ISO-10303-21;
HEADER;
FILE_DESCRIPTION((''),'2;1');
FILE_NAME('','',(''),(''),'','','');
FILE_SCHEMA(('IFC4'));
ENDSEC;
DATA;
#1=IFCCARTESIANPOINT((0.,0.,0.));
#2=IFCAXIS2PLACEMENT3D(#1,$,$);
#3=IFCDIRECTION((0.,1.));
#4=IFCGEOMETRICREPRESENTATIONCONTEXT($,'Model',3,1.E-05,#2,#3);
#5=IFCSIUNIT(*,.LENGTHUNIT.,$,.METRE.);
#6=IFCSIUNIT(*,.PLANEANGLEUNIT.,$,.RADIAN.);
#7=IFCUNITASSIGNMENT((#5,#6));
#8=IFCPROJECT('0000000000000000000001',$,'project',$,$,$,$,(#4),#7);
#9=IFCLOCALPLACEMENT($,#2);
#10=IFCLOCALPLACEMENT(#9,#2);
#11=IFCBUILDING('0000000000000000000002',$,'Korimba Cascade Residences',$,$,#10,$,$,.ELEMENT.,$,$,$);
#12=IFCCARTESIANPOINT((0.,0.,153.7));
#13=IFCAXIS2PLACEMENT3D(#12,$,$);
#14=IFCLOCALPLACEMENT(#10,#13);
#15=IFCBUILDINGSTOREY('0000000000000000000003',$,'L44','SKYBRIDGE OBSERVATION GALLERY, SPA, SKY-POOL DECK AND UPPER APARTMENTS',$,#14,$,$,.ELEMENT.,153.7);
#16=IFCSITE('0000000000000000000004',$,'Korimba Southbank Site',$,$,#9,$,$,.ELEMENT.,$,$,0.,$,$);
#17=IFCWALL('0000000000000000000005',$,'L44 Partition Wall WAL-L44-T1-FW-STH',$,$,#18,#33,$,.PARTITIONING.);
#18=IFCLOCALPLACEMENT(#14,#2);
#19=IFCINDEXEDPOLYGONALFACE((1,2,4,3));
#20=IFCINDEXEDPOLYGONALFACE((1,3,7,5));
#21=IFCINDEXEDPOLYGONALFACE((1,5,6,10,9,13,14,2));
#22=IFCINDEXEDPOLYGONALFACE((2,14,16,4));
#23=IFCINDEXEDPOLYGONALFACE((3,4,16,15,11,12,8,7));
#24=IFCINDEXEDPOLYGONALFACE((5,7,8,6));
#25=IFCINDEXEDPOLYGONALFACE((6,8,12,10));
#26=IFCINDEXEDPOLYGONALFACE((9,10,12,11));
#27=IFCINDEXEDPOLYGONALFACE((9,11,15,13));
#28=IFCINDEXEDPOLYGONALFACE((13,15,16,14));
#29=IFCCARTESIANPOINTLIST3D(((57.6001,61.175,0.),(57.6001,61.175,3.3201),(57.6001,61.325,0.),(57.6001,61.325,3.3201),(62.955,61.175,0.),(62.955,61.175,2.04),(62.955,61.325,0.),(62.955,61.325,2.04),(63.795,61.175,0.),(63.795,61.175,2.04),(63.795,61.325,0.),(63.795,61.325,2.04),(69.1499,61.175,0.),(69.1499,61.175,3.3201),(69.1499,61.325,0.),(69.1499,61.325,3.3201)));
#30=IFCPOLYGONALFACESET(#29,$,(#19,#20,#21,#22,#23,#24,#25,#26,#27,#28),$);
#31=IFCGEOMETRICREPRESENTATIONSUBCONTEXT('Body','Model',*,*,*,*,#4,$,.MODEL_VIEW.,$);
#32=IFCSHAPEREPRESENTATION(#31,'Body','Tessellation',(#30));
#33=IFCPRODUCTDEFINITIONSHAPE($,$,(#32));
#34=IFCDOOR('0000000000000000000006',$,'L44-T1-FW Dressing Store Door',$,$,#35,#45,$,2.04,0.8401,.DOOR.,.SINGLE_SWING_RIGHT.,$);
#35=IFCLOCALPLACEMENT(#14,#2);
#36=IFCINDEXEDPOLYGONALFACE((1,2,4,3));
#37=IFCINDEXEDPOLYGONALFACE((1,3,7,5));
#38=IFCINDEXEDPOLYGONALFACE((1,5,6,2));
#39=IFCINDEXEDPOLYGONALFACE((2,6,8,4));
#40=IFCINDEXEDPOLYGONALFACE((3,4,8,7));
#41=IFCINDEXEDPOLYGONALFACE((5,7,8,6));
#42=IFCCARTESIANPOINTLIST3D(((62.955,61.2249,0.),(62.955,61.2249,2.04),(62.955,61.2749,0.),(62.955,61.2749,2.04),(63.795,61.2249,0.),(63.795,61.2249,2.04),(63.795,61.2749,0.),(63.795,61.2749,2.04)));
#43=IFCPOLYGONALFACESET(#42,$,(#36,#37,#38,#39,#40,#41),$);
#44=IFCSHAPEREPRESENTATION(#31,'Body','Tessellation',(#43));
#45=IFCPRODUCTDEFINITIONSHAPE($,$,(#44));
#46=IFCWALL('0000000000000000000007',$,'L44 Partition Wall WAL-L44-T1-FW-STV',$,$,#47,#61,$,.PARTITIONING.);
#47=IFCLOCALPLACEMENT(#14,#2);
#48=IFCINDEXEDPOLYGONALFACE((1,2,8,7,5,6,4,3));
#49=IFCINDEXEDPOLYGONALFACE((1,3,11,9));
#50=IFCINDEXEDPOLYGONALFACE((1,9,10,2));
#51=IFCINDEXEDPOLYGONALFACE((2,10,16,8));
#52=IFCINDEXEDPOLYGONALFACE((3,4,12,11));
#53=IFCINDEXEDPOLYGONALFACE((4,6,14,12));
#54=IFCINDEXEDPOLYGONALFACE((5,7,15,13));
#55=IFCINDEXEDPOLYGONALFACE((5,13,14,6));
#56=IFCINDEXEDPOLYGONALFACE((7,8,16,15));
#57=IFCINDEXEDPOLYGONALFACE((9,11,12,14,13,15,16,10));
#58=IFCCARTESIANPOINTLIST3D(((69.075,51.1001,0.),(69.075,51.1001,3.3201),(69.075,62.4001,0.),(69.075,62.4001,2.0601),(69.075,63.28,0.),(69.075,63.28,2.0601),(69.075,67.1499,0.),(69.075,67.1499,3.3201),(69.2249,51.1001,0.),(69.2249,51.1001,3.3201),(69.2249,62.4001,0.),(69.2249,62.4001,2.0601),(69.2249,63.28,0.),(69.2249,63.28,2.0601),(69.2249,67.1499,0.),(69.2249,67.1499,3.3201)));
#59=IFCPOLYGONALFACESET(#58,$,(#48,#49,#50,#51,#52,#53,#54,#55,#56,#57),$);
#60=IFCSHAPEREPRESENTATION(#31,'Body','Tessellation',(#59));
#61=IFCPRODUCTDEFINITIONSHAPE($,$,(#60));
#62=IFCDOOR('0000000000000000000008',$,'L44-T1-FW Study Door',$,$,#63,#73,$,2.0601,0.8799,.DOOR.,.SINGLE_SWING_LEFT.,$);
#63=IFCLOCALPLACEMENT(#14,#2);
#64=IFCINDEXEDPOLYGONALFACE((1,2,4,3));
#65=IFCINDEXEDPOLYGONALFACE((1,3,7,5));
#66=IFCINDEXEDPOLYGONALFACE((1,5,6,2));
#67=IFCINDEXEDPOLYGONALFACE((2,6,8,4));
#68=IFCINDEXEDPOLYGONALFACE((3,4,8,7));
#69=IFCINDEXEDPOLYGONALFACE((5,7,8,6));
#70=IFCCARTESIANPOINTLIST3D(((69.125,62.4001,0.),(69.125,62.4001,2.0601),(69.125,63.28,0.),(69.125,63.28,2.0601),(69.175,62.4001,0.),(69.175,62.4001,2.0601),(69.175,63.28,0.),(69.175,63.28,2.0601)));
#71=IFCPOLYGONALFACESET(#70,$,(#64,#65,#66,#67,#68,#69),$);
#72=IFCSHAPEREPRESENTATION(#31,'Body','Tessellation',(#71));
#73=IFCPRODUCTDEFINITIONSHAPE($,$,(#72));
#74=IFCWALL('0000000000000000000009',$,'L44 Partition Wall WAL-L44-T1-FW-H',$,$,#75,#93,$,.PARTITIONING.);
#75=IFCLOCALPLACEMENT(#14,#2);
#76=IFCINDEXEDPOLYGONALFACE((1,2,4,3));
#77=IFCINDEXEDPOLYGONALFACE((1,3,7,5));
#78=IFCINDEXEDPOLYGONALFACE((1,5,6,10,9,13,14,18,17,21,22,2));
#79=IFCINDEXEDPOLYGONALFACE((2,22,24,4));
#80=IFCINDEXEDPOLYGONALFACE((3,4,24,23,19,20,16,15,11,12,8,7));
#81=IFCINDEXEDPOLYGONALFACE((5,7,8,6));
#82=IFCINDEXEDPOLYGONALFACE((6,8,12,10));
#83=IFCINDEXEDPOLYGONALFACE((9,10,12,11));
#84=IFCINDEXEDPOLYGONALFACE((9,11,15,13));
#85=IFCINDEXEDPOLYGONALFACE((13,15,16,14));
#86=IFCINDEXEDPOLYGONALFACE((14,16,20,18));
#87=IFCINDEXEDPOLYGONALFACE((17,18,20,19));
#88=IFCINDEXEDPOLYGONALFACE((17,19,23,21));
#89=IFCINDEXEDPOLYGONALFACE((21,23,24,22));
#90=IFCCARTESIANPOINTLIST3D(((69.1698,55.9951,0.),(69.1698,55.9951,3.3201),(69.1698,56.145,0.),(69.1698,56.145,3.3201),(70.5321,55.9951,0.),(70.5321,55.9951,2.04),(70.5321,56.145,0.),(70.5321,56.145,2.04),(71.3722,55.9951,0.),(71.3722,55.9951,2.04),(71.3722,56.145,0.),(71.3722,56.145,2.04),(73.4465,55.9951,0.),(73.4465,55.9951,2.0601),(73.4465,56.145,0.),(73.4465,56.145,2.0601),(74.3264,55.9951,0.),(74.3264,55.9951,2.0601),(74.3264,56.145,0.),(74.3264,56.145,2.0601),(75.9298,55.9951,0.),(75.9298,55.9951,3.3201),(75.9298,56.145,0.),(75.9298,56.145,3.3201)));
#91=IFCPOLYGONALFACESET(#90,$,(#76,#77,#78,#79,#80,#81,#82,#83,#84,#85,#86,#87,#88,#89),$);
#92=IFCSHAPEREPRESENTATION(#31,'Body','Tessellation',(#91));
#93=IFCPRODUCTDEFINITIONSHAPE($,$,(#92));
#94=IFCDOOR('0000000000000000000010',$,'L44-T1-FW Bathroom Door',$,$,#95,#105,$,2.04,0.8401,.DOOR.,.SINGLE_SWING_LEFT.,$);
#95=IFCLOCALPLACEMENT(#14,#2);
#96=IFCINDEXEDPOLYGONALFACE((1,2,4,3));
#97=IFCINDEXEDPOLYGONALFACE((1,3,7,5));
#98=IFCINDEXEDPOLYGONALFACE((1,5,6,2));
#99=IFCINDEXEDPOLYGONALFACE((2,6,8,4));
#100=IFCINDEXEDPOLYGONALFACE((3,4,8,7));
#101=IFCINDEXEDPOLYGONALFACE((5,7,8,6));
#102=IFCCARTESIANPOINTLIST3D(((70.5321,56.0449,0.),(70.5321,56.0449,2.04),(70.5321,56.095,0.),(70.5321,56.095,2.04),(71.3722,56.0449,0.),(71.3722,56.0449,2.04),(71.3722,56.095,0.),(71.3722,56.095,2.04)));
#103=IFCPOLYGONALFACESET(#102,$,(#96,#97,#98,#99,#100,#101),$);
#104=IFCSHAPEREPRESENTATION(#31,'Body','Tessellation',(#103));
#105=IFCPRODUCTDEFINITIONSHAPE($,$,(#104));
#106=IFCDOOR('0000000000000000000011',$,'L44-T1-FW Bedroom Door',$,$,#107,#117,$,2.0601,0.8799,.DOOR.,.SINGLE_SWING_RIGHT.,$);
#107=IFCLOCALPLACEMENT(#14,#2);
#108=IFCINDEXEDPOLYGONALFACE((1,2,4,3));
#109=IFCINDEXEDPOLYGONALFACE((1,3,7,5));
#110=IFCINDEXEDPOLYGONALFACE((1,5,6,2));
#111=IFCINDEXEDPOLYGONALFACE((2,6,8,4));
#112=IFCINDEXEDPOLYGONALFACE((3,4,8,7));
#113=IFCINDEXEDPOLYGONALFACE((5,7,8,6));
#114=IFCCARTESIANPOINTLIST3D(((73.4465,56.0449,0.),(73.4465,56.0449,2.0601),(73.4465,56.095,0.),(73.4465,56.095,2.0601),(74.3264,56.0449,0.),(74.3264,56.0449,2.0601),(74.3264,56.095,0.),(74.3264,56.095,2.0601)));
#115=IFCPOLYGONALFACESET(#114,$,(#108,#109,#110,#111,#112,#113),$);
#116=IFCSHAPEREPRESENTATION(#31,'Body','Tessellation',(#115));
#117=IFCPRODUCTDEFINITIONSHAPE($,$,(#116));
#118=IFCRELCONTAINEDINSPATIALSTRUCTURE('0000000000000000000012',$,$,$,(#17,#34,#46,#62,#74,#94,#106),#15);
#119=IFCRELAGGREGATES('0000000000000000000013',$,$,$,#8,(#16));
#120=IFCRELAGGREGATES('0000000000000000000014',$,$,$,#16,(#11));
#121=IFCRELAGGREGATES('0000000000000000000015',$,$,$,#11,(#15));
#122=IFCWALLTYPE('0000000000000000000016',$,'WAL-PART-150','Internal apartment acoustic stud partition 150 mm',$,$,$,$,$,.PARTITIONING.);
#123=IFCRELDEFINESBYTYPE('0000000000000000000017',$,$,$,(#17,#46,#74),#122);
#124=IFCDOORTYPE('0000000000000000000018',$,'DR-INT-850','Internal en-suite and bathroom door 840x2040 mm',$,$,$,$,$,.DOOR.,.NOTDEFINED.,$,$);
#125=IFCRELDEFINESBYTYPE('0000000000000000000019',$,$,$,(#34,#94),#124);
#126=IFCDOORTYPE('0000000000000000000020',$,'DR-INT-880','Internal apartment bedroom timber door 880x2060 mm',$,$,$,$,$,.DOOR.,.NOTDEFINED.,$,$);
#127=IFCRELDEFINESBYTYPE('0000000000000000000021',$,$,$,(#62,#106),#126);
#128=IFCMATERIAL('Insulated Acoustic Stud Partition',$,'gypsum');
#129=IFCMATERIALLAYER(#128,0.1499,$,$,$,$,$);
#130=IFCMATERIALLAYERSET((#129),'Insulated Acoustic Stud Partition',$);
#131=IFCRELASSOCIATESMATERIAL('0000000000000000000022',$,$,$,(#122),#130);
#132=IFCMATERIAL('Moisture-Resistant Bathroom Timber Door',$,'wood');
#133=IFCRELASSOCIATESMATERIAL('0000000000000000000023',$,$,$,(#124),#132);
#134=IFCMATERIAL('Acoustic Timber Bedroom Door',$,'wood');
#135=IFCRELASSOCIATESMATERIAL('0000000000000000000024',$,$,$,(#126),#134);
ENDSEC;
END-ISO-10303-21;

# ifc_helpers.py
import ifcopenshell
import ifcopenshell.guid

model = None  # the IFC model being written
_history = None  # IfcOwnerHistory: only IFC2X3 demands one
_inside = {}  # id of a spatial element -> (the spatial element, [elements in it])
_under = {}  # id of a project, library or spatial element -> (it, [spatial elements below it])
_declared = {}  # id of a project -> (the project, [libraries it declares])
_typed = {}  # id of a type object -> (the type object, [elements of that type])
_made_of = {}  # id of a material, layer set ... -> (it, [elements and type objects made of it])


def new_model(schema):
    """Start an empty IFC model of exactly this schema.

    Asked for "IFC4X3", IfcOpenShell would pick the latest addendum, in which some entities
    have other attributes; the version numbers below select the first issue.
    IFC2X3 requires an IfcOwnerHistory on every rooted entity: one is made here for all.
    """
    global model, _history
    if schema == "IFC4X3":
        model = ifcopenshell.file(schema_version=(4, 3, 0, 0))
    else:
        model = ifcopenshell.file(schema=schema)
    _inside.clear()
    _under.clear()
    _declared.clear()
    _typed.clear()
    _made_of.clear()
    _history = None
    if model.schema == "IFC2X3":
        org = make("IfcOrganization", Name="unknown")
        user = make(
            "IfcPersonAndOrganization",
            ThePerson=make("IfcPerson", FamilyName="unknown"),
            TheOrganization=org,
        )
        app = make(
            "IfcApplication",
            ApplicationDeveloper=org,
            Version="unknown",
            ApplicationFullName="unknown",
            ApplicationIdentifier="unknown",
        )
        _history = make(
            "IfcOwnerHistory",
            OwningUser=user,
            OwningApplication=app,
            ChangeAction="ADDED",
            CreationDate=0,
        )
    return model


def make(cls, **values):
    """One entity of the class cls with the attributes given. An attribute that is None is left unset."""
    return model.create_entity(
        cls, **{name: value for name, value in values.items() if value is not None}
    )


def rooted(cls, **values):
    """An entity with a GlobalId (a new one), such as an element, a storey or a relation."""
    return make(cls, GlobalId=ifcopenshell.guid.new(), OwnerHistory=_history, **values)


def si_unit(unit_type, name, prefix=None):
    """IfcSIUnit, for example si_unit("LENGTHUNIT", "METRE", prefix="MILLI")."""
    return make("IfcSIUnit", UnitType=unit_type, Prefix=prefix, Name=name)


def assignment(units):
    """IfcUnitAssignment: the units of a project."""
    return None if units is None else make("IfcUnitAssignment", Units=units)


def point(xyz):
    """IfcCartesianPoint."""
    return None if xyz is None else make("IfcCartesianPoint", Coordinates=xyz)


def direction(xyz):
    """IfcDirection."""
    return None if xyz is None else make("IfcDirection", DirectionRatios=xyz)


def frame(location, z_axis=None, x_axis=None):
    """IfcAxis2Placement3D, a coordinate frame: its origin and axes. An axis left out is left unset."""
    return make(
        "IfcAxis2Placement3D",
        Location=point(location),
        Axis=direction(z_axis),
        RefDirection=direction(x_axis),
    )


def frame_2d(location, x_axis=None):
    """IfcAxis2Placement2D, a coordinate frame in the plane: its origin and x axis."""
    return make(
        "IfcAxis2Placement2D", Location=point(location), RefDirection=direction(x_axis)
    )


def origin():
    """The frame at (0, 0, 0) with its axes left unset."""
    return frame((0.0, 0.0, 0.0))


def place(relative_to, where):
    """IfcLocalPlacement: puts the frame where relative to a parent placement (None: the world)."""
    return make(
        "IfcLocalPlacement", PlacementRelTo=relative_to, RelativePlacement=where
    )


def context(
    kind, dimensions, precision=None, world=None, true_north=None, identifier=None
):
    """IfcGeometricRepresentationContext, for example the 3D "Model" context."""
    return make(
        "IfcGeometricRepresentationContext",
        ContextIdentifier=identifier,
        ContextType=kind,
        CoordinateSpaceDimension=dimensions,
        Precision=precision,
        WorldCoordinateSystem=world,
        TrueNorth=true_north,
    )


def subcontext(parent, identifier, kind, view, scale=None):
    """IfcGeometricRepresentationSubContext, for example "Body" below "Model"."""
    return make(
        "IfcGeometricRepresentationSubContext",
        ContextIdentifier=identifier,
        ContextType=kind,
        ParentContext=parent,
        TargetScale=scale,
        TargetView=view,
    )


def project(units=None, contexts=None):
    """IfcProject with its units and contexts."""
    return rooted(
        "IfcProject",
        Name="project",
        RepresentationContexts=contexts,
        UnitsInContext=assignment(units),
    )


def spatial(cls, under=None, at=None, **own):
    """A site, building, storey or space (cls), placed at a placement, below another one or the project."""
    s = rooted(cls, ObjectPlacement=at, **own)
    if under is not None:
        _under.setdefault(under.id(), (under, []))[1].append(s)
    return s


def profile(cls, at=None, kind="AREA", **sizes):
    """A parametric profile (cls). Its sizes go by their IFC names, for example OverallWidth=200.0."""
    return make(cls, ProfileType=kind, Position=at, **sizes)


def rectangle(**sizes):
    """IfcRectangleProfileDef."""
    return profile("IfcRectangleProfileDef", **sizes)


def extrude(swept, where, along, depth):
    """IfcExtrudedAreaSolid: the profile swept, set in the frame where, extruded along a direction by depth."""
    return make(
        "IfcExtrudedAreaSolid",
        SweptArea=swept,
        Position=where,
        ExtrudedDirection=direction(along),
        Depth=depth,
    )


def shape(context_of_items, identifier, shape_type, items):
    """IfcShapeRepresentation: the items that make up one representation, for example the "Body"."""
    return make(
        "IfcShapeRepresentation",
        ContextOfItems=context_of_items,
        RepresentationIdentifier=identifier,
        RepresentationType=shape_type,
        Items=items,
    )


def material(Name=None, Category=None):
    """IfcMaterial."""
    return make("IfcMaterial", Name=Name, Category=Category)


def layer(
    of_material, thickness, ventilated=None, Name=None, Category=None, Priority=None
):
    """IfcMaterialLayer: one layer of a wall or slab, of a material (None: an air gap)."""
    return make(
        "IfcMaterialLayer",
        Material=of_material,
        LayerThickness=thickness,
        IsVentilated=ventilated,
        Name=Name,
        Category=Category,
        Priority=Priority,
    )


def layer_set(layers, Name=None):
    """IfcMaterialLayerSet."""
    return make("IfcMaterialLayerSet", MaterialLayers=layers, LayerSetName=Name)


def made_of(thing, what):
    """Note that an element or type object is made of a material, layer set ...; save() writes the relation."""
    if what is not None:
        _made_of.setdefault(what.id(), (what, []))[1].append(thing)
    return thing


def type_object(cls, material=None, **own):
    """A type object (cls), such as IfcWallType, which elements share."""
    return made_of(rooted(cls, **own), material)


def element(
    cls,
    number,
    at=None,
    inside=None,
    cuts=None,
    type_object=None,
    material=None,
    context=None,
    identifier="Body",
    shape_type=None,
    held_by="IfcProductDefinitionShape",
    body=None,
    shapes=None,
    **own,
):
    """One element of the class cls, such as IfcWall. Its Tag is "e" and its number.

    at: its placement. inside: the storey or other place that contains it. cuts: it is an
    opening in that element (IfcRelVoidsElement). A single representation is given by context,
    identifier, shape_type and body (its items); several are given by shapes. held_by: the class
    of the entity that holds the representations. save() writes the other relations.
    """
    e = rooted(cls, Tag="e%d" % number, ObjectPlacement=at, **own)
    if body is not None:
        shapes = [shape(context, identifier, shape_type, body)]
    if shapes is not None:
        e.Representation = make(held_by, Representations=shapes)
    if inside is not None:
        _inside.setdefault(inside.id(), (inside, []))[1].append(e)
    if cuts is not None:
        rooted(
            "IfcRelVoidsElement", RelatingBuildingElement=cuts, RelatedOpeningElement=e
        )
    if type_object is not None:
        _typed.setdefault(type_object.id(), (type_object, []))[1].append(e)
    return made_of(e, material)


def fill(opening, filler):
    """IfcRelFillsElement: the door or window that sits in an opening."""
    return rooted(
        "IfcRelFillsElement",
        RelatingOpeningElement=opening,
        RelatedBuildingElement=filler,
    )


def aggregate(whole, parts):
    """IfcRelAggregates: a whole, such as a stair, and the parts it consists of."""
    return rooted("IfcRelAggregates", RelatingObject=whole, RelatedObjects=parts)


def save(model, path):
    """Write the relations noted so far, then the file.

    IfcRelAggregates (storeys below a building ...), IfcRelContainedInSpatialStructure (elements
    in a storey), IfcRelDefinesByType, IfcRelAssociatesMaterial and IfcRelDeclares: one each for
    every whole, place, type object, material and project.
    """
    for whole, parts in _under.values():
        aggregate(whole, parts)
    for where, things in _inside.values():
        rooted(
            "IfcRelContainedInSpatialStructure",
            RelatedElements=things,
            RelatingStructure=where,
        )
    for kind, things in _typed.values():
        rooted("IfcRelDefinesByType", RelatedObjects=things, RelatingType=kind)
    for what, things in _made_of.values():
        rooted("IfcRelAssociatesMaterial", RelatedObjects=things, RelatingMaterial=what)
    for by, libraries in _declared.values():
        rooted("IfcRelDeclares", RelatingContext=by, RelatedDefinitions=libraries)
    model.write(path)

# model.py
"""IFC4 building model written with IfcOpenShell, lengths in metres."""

from ifc_helpers import new_model, si_unit, direction, frame, frame_2d, origin, place, context, subcontext, project, spatial, rectangle, extrude, material, layer, layer_set, type_object, element, fill, save


model = new_model("IFC4")

# Units and contexts
model_context = context("Model", 3, precision=1e-05, world=origin(), true_north=direction((0.0, 1.0)))
body_context = subcontext(model_context, "Body", "Model", "MODEL_VIEW")
ifc_project = project(units=[si_unit("LENGTHUNIT", "METRE"), si_unit("PLANEANGLEUNIT", "RADIAN")], contexts=[model_context])

# Site, building, storey
site_placement = place(None, origin())
site = spatial("IfcSite", under=ifc_project, at=site_placement, Name="Korimba Southbank Site", CompositionType="ELEMENT", RefElevation=0.0)
building_placement = place(site_placement, origin())
building = spatial("IfcBuilding", under=site, at=building_placement, Name="Korimba Cascade Residences", CompositionType="ELEMENT")
storey_placement = place(building_placement, frame((0.0, 0.0, 153.7)))
storey = spatial("IfcBuildingStorey", under=building, at=storey_placement, Name="L44", Description="SKYBRIDGE OBSERVATION GALLERY, SPA, SKY-POOL DECK AND UPPER APARTMENTS", CompositionType="ELEMENT", Elevation=153.7)

# Walls, openings, doors
ifc_material_1 = material(Name="Insulated Acoustic Stud Partition", Category="gypsum")
ifc_layer_1 = layer(ifc_material_1, 0.1499)
ifc_layer_set_1 = layer_set([ifc_layer_1], Name="Insulated Acoustic Stud Partition")
wall_type_1 = type_object("IfcWallType", Name="WAL-PART-150", Description="Internal apartment acoustic stud partition 150 mm", PredefinedType="PARTITIONING", material=ifc_layer_set_1)
wall_1_placement = place(storey_placement, frame((57.6001, 61.25, 0.0), z_axis=(0.0, 0.0, 1.0), x_axis=(1.0, 0.0, 0.0)))
wall_1 = element("IfcWall", 1, at=wall_1_placement, inside=storey, type_object=wall_type_1, Name="L44 Partition Wall WAL-L44-T1-FW-STH", PredefinedType="PARTITIONING", context=body_context, shape_type="SweptSolid", body=[
    extrude(rectangle(XDim=11.5498, YDim=0.1499, at=frame_2d((5.7749, 0.0))), origin(), (0.0, 0.0, 1.0), 3.3201),
])
opening_1_placement = place(wall_1_placement, frame((5.355, 0.0, 0.0)))
opening_1 = element("IfcOpeningElement", 2, at=opening_1_placement, cuts=wall_1, PredefinedType="OPENING", context=body_context, shape_type="SweptSolid", body=[
    extrude(rectangle(XDim=0.8401, YDim=2.04, at=frame_2d((0.4199, 1.02))), frame((0.0, 0.085, 0.0), z_axis=(0.0, -1.0, 0.0), x_axis=(1.0, 0.0, 0.0)), (0.0, 0.0, 1.0), 0.1699),
])
ifc_material_2 = material(Name="Moisture-Resistant Bathroom Timber Door", Category="wood")
door_type_1 = type_object("IfcDoorType", Name="DR-INT-850", Description="Internal en-suite and bathroom door 840x2040 mm", OperationType="NOTDEFINED", PredefinedType="DOOR", material=ifc_material_2)
door_1_placement = place(opening_1_placement, origin())
door_1 = element("IfcDoor", 3, at=door_1_placement, inside=storey, type_object=door_type_1, Name="L44-T1-FW Dressing Store Door", OperationType="SINGLE_SWING_RIGHT", OverallHeight=2.04, OverallWidth=0.8401, PredefinedType="DOOR", context=body_context, shape_type="SweptSolid", body=[
    extrude(rectangle(XDim=0.8401, YDim=2.04, at=frame_2d((0.4199, 1.02))), frame((0.0, 0.0249, 0.0), z_axis=(0.0, -1.0, 0.0), x_axis=(1.0, 0.0, 0.0)), (0.0, 0.0, 1.0), 0.05),
])
fill(opening_1, door_1)
wall_2_placement = place(storey_placement, frame((69.1499, 51.1001, 0.0), z_axis=(0.0, 0.0, 1.0), x_axis=(0.0, 1.0, 0.0)))
wall_2 = element("IfcWall", 4, at=wall_2_placement, inside=storey, type_object=wall_type_1, Name="L44 Partition Wall WAL-L44-T1-FW-STV", PredefinedType="PARTITIONING", context=body_context, shape_type="SweptSolid", body=[
    extrude(rectangle(XDim=16.0498, YDim=0.1499, at=frame_2d((8.0249, 0.0))), origin(), (0.0, 0.0, 1.0), 3.3201),
])
opening_2_placement = place(wall_2_placement, frame((11.3, 0.0, 0.0)))
opening_2 = element("IfcOpeningElement", 5, at=opening_2_placement, cuts=wall_2, PredefinedType="OPENING", context=body_context, shape_type="SweptSolid", body=[
    extrude(rectangle(XDim=0.8799, YDim=2.0601, at=frame_2d((0.4399, 1.03))), frame((0.0, 0.085, 0.0), z_axis=(0.0, -1.0, 0.0), x_axis=(1.0, 0.0, 0.0)), (0.0, 0.0, 1.0), 0.1699),
])
ifc_material_3 = material(Name="Acoustic Timber Bedroom Door", Category="wood")
door_type_2 = type_object("IfcDoorType", Name="DR-INT-880", Description="Internal apartment bedroom timber door 880x2060 mm", OperationType="NOTDEFINED", PredefinedType="DOOR", material=ifc_material_3)
door_2_placement = place(opening_2_placement, origin())
door_2 = element("IfcDoor", 6, at=door_2_placement, inside=storey, type_object=door_type_2, Name="L44-T1-FW Study Door", OperationType="SINGLE_SWING_LEFT", OverallHeight=2.0601, OverallWidth=0.8799, PredefinedType="DOOR", context=body_context, shape_type="SweptSolid", body=[
    extrude(rectangle(XDim=0.8799, YDim=2.0601, at=frame_2d((0.4399, 1.03))), frame((0.0, 0.0249, 0.0), z_axis=(0.0, -1.0, 0.0), x_axis=(1.0, 0.0, 0.0)), (0.0, 0.0, 1.0), 0.05),
])
fill(opening_2, door_2)

# Wall, openings, doors
wall_3_placement = place(storey_placement, frame((69.1699, 56.0701, 0.0), z_axis=(0.0, 0.0, 1.0), x_axis=(1.0, 0.0, 0.0)))
wall_3 = element("IfcWall", 7, at=wall_3_placement, inside=storey, type_object=wall_type_1, Name="L44 Partition Wall WAL-L44-T1-FW-H", PredefinedType="PARTITIONING", context=body_context, shape_type="SweptSolid", body=[
    extrude(rectangle(XDim=6.76, YDim=0.1499, at=frame_2d((3.3799, 0.0))), origin(), (0.0, 0.0, 1.0), 3.3201),
])
opening_3_placement = place(wall_3_placement, frame((1.3623, 0.0, 0.0)))
opening_3 = element("IfcOpeningElement", 8, at=opening_3_placement, cuts=wall_3, PredefinedType="OPENING", context=body_context, shape_type="SweptSolid", body=[
    extrude(rectangle(XDim=0.8401, YDim=2.04, at=frame_2d((0.4199, 1.02))), frame((0.0, 0.085, 0.0), z_axis=(0.0, -1.0, 0.0), x_axis=(1.0, 0.0, 0.0)), (0.0, 0.0, 1.0), 0.1699),
])
opening_4_placement = place(wall_3_placement, frame((4.2766, 0.0, 0.0)))
opening_4 = element("IfcOpeningElement", 9, at=opening_4_placement, cuts=wall_3, PredefinedType="OPENING", context=body_context, shape_type="SweptSolid", body=[
    extrude(rectangle(XDim=0.8799, YDim=2.0601, at=frame_2d((0.4399, 1.03))), frame((0.0, 0.085, 0.0), z_axis=(0.0, -1.0, 0.0), x_axis=(1.0, 0.0, 0.0)), (0.0, 0.0, 1.0), 0.1699),
])
door_3_placement = place(opening_3_placement, origin())
door_3 = element("IfcDoor", 10, at=door_3_placement, inside=storey, type_object=door_type_1, Name="L44-T1-FW Bathroom Door", OperationType="SINGLE_SWING_LEFT", OverallHeight=2.04, OverallWidth=0.8401, PredefinedType="DOOR", context=body_context, shape_type="SweptSolid", body=[
    extrude(rectangle(XDim=0.8401, YDim=2.04, at=frame_2d((0.4199, 1.02))), frame((0.0, 0.0249, 0.0), z_axis=(0.0, -1.0, 0.0), x_axis=(1.0, 0.0, 0.0)), (0.0, 0.0, 1.0), 0.05),
])
fill(opening_3, door_3)
door_4_placement = place(opening_4_placement, origin())
door_4 = element("IfcDoor", 11, at=door_4_placement, inside=storey, type_object=door_type_2, Name="L44-T1-FW Bedroom Door", OperationType="SINGLE_SWING_RIGHT", OverallHeight=2.0601, OverallWidth=0.8799, PredefinedType="DOOR", context=body_context, shape_type="SweptSolid", body=[
    extrude(rectangle(XDim=0.8799, YDim=2.0601, at=frame_2d((0.4399, 1.03))), frame((0.0, 0.0249, 0.0), z_axis=(0.0, -1.0, 0.0), x_axis=(1.0, 0.0, 0.0)), (0.0, 0.0, 1.0), 0.05),
])
fill(opening_4, door_4)

save(model, "model.ifc")
